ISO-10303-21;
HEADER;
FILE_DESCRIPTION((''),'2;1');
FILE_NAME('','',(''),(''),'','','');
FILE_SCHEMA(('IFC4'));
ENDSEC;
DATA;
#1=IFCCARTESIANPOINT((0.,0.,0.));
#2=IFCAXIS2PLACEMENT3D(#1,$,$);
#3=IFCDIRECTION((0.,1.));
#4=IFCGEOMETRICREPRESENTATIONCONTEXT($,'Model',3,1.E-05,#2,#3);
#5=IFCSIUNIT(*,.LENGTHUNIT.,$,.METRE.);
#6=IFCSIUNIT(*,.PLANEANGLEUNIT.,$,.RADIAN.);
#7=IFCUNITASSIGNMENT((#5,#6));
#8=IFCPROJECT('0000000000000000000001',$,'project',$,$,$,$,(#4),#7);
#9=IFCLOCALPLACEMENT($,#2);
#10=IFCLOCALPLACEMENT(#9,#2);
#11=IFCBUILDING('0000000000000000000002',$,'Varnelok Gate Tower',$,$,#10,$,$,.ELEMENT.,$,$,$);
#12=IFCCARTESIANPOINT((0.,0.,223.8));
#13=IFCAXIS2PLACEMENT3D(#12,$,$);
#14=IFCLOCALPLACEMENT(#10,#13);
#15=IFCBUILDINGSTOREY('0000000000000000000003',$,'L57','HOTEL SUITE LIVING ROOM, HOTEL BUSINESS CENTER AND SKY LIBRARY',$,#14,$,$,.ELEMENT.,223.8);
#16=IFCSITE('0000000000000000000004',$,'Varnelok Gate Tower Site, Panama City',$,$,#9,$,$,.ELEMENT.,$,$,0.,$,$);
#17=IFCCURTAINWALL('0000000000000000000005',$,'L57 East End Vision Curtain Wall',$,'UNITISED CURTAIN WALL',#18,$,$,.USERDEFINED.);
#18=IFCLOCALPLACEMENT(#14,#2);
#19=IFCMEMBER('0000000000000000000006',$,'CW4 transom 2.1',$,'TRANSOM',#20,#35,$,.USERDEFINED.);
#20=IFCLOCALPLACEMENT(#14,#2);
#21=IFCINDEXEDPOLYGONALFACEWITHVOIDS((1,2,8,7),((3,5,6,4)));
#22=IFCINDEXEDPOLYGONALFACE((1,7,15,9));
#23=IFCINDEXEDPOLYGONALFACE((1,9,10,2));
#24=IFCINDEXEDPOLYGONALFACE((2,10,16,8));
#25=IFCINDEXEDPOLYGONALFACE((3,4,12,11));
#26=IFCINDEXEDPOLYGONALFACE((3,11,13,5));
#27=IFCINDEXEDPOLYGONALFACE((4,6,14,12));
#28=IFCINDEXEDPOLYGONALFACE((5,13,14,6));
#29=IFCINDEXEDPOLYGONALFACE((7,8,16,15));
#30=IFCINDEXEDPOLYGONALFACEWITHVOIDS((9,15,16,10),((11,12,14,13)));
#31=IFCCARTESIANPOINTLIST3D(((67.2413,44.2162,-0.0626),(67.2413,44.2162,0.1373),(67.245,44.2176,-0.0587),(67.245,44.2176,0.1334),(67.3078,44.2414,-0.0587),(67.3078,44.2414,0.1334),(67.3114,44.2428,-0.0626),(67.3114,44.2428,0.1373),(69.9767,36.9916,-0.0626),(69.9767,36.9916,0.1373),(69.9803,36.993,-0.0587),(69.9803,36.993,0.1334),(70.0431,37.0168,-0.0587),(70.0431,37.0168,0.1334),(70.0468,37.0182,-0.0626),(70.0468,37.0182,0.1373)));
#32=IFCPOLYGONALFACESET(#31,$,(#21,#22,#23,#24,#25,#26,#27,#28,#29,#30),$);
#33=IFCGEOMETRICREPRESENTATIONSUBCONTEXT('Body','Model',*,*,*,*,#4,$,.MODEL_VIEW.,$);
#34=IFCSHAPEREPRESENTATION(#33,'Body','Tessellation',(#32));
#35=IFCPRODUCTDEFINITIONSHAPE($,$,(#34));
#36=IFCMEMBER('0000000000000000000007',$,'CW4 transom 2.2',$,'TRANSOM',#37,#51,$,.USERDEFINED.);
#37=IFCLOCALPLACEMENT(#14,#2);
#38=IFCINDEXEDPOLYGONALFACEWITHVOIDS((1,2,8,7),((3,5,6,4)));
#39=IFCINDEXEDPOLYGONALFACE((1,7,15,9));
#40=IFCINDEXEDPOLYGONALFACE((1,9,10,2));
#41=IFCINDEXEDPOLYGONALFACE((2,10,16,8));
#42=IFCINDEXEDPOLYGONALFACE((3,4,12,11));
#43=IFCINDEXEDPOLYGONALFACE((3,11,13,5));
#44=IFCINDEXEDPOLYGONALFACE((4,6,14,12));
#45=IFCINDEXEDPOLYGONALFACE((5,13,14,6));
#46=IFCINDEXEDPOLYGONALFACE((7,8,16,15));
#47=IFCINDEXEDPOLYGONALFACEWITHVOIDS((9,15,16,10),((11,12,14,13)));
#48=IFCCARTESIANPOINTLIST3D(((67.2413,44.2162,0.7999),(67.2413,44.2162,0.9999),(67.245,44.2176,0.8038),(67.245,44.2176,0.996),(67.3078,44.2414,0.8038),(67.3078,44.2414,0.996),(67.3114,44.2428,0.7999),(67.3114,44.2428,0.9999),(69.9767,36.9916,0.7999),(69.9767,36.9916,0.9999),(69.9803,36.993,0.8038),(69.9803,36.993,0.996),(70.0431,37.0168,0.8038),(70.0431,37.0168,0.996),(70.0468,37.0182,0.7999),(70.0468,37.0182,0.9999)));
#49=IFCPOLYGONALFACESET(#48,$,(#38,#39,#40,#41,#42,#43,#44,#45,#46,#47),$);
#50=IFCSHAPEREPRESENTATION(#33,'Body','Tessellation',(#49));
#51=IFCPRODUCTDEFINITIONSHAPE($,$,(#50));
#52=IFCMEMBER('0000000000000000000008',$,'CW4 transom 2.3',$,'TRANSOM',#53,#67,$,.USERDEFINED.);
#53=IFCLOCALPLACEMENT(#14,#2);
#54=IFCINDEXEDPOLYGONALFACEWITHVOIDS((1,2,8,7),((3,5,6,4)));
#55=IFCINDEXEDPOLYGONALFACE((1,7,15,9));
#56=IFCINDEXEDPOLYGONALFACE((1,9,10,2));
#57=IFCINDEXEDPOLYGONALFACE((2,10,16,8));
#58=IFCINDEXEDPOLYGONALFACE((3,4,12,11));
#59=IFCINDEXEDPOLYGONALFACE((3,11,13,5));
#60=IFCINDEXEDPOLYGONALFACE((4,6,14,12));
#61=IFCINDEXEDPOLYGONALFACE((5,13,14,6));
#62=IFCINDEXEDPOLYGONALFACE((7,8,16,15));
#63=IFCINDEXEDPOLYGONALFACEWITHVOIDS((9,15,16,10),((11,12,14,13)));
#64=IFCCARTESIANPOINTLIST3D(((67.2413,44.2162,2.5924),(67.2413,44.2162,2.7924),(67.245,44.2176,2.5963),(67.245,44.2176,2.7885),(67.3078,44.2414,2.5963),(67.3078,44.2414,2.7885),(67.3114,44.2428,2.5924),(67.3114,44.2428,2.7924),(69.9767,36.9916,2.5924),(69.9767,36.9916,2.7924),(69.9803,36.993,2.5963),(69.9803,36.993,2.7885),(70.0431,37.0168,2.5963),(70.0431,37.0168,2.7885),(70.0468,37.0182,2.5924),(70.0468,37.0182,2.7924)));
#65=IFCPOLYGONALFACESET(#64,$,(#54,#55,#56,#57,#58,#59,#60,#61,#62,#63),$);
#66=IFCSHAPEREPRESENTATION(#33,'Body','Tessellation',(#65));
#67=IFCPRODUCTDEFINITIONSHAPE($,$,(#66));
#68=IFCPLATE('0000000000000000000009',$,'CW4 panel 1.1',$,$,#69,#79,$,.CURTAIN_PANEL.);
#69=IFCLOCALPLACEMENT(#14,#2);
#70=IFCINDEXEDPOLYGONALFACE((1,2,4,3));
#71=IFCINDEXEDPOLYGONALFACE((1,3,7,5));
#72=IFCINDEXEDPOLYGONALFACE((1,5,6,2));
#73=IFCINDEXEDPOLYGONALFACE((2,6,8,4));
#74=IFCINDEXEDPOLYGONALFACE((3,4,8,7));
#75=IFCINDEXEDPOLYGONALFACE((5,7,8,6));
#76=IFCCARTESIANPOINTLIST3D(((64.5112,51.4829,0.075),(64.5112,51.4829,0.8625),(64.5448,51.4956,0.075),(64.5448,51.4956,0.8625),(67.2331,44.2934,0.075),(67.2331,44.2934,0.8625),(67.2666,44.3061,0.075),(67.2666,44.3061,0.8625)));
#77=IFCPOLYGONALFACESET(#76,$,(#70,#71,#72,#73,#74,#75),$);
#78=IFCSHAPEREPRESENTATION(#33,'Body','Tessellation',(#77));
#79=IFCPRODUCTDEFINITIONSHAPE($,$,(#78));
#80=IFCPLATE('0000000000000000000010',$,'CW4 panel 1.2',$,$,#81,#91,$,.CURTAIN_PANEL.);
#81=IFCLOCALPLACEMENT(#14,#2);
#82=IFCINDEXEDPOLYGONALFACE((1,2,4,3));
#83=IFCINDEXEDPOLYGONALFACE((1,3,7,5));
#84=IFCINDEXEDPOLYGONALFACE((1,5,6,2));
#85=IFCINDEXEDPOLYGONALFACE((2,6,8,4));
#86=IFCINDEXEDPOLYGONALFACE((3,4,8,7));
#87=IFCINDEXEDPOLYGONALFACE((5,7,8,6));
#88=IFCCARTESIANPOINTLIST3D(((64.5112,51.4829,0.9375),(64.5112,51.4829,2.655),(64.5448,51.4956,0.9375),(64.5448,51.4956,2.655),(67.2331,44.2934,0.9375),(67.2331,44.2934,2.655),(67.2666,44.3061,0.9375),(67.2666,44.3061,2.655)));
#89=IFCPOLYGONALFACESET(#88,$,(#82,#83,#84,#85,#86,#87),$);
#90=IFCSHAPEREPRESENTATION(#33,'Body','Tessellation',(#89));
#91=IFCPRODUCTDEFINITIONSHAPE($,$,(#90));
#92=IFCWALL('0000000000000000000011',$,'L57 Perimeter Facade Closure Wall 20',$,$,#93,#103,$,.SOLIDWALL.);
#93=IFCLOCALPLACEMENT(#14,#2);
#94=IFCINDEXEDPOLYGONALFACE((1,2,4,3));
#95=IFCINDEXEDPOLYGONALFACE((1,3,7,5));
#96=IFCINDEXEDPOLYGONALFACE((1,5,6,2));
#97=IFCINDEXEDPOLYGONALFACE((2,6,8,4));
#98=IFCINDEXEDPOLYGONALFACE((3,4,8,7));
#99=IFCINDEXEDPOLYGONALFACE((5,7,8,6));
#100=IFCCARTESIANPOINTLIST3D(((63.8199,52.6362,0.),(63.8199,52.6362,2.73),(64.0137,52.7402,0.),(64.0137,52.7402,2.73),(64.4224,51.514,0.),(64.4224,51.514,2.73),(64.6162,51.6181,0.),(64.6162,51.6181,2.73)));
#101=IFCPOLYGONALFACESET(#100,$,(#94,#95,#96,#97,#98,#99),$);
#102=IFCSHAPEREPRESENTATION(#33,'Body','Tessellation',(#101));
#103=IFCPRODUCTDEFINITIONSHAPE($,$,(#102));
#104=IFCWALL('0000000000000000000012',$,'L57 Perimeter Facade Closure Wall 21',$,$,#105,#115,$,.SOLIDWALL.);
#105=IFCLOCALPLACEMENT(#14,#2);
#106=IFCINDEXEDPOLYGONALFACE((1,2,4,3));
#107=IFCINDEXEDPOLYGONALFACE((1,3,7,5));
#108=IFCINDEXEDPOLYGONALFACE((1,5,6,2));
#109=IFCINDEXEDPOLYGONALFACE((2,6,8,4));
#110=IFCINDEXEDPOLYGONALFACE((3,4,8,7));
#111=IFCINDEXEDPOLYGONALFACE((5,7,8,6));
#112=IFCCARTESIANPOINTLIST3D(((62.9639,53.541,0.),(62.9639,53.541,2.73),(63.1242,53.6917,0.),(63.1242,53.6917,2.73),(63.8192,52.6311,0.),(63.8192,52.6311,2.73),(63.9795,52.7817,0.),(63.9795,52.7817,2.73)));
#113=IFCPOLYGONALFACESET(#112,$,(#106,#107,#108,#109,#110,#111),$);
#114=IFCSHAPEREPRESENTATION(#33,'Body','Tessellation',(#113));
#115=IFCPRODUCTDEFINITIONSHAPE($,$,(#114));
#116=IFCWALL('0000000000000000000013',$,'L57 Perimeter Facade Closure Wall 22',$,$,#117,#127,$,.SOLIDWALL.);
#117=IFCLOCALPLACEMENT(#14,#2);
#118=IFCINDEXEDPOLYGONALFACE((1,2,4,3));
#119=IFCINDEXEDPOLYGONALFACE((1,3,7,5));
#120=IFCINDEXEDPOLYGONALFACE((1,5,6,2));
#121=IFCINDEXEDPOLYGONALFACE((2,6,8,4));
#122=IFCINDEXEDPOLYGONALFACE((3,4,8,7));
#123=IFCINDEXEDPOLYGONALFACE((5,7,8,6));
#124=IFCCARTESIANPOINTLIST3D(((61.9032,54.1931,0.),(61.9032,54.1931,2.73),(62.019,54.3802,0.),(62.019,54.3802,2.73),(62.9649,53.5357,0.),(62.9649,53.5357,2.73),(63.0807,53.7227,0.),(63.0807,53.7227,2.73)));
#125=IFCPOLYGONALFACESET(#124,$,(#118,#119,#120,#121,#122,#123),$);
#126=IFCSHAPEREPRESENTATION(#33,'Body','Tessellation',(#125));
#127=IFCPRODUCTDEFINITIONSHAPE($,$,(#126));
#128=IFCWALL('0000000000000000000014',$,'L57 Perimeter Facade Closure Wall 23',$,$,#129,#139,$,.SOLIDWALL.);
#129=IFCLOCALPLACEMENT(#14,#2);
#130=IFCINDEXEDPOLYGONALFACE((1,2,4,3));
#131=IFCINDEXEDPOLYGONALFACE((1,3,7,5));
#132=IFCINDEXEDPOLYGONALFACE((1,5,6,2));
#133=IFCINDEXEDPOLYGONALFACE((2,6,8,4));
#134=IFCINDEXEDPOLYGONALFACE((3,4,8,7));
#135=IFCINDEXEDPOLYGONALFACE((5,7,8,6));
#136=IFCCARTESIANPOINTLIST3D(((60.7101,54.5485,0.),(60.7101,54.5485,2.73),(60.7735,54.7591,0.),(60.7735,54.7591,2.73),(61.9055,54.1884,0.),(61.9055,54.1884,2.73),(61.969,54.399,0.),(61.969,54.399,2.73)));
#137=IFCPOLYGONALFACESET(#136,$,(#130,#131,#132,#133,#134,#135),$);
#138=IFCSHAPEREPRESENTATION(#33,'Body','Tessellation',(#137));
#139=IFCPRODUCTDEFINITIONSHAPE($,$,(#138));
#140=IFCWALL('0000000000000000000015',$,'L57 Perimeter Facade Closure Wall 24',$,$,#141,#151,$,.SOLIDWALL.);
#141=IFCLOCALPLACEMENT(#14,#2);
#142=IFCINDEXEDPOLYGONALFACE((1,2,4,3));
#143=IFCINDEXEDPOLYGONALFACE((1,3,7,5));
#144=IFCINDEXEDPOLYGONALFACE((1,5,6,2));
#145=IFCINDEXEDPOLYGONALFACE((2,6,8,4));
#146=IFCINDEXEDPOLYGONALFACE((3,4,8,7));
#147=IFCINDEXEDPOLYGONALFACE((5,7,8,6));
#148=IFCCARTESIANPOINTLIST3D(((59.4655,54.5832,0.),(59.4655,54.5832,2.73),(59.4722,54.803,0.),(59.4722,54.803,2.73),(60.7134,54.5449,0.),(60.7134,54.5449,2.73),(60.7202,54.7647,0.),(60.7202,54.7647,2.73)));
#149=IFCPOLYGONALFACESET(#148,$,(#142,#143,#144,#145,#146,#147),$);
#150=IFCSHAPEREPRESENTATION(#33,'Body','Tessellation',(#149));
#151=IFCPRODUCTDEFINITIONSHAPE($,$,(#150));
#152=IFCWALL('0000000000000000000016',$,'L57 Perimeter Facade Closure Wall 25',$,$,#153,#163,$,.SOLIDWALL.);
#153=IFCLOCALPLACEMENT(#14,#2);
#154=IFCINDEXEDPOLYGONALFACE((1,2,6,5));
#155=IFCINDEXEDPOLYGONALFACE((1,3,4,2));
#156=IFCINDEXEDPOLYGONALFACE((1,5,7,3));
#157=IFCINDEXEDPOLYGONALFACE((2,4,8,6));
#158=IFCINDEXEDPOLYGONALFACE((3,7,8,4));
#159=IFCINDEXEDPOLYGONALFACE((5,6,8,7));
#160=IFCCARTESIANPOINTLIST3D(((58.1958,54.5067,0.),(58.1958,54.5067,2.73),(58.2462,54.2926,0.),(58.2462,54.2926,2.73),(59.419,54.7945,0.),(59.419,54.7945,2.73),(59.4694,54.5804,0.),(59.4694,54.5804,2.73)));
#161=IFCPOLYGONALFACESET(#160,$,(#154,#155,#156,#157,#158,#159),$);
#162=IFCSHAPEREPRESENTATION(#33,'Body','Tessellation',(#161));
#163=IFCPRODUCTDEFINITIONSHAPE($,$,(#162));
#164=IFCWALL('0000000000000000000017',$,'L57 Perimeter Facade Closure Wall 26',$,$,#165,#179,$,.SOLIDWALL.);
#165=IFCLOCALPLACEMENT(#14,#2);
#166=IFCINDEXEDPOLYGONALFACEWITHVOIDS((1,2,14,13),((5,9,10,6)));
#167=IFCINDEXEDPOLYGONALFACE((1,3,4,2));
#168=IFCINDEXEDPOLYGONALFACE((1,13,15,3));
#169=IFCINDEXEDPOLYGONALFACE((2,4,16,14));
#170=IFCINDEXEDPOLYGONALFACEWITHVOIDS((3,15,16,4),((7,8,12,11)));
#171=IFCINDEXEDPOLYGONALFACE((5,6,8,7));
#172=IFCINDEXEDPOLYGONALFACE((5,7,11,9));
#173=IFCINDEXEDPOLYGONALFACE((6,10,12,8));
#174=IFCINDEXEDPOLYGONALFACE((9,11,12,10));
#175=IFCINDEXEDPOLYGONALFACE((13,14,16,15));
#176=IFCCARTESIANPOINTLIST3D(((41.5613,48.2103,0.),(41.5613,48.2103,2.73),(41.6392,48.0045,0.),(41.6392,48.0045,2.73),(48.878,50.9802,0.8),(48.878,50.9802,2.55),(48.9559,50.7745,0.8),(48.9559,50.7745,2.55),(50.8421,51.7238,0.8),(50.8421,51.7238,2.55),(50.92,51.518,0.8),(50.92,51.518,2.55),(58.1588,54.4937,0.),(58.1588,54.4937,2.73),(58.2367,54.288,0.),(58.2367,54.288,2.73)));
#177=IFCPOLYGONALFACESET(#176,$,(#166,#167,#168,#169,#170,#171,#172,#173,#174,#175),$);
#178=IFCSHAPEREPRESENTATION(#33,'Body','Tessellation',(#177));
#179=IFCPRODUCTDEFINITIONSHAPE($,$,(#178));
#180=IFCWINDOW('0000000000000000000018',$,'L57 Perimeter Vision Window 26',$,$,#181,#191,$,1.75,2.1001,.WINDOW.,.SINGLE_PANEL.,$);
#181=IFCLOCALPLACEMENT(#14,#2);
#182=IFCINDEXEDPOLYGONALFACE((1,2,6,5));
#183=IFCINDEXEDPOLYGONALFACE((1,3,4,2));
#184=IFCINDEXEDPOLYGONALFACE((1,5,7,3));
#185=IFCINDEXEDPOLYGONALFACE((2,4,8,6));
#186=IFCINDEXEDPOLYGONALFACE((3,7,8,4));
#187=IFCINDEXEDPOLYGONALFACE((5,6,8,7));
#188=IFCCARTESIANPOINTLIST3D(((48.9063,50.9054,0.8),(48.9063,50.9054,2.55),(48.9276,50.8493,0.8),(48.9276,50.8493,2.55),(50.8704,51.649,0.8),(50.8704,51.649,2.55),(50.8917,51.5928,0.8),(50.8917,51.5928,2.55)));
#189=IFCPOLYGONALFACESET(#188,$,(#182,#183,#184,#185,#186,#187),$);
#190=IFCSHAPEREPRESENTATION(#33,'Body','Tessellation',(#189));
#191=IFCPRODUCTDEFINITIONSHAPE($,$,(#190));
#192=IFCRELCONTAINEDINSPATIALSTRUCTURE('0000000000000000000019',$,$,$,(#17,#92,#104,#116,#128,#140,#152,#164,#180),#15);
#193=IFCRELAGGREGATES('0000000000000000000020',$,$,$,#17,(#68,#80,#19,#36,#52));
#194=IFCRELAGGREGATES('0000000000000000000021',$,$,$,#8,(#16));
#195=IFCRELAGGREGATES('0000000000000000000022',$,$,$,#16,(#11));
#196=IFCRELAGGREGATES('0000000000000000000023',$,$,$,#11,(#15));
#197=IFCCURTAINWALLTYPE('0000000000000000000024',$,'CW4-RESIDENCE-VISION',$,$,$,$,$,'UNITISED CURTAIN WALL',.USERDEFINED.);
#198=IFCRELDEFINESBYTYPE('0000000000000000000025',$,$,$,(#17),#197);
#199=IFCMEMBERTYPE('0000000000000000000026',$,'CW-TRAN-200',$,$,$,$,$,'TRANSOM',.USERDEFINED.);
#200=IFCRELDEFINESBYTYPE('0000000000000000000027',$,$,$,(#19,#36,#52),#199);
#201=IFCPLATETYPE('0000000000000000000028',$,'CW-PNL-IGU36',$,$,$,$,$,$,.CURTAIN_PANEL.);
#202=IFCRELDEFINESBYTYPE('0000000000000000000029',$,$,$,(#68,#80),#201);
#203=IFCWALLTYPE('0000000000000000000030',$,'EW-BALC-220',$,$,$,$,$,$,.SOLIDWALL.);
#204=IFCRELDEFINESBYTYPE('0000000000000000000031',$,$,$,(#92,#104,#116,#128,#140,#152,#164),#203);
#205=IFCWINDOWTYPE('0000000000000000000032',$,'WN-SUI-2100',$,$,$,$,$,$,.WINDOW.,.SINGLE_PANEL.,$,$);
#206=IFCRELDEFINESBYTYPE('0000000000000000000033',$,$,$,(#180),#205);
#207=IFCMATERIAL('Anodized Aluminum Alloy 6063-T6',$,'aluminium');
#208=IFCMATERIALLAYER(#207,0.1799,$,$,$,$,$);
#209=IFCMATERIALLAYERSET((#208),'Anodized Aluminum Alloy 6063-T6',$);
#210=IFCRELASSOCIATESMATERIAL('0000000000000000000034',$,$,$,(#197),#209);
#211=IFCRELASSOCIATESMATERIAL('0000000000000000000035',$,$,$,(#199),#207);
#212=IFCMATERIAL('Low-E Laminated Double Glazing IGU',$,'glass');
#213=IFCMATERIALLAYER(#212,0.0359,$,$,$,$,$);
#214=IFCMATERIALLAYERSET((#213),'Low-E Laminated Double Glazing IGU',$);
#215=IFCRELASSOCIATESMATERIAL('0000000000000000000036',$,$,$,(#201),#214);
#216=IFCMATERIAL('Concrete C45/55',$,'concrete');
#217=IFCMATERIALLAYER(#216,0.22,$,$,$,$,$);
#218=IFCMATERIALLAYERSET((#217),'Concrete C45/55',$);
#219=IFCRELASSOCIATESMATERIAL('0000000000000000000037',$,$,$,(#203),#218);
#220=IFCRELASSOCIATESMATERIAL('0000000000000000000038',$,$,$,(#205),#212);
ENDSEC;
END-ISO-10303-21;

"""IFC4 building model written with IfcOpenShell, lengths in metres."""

from ifc_helpers import new_model, si_unit, direction, frame, frame_2d, origin, origin_2d, place, context, subcontext, project, spatial, rectangle, hollow_rectangle, extrude, source, transform, mapped, material, layer, layer_set, material_profile, profile_set, type_object, element, fill, aggregate, save


model = new_model("IFC4")

# Units and contexts
model_context = context("Model", 3, precision=1e-05, world=origin(), true_north=direction((0.0, 1.0)))
body_context = subcontext(model_context, "Body", "Model", "MODEL_VIEW")
ifc_project = project(units=[si_unit("LENGTHUNIT", "METRE"), si_unit("PLANEANGLEUNIT", "RADIAN")], contexts=[model_context])

# Site, building, storey
site_placement = place(None, origin())
site = spatial("IfcSite", under=ifc_project, at=site_placement, Name="Varnelok Gate Tower Site, Panama City", CompositionType="ELEMENT", RefElevation=0.0)
building_placement = place(site_placement, origin())
building = spatial("IfcBuilding", under=site, at=building_placement, Name="Varnelok Gate Tower", CompositionType="ELEMENT")
storey_placement = place(building_placement, frame((0.0, 0.0, 223.8)))
storey = spatial("IfcBuildingStorey", under=building, at=storey_placement, Name="L57", Description="HOTEL SUITE LIVING ROOM, HOTEL BUSINESS CENTER AND SKY LIBRARY", CompositionType="ELEMENT", Elevation=223.8)

# Curtain wall, members, plates
ifc_material_1 = material(Name="Anodized Aluminum Alloy 6063-T6", Category="aluminium")
ifc_layer_1 = layer(ifc_material_1, 0.1799)
ifc_layer_set_1 = layer_set([ifc_layer_1], Name="Anodized Aluminum Alloy 6063-T6")
curtain_wall_type = type_object("IfcCurtainWallType", Name="CW4-RESIDENCE-VISION", ElementType="UNITISED CURTAIN WALL", PredefinedType="USERDEFINED", material=ifc_layer_set_1)
curtain_wall_placement = place(storey_placement, origin())
curtain_wall = element("IfcCurtainWall", 1, at=curtain_wall_placement, inside=storey, type_object=curtain_wall_type, Name="L57 East End Vision Curtain Wall", ObjectType="UNITISED CURTAIN WALL", PredefinedType="USERDEFINED")
ifc_material_profile_1 = material_profile(ifc_material_1, hollow_rectangle(XDim=0.075, YDim=0.2, WallThickness=0.0039, at=origin_2d()), Name="ALU200X75X4")
ifc_profile_set_1 = profile_set([ifc_material_profile_1], Name="Anodized Aluminum Alloy 6063-T6")
member_type_1 = type_object("IfcMemberType", Name="CW-TRAN-200", ElementType="TRANSOM", PredefinedType="USERDEFINED", material=ifc_profile_set_1)
member_1_placement = place(storey_placement, frame((67.2764, 44.2295, 0.0374), z_axis=(0.354086, -0.935213, 0.0), x_axis=(0.935213, 0.354086, 0.0)))
member_1 = element("IfcMember", 2, at=member_1_placement, type_object=member_type_1, Name="CW4 transom 2.1", ObjectType="TRANSOM", PredefinedType="USERDEFINED", context=body_context, shape_type="SweptSolid", body=[
    extrude(hollow_rectangle(XDim=0.075, YDim=0.2, WallThickness=0.0039, at=origin_2d()), origin(), (0.0, 0.0, 1.0), 7.7251),
])
member_2_placement = place(storey_placement, frame((67.2764, 44.2295, 0.8999), z_axis=(0.354086, -0.935213, 0.0), x_axis=(0.935213, 0.354086, 0.0)))
member_2 = element("IfcMember", 3, at=member_2_placement, type_object=member_type_1, Name="CW4 transom 2.2", ObjectType="TRANSOM", PredefinedType="USERDEFINED", context=body_context, shape_type="SweptSolid", body=[
    extrude(hollow_rectangle(XDim=0.075, YDim=0.2, WallThickness=0.0039, at=origin_2d()), origin(), (0.0, 0.0, 1.0), 7.7251),
])
member_3_placement = place(storey_placement, frame((67.2764, 44.2295, 2.6924), z_axis=(0.354086, -0.935213, 0.0), x_axis=(0.935213, 0.354086, 0.0)))
member_3 = element("IfcMember", 4, at=member_3_placement, type_object=member_type_1, Name="CW4 transom 2.3", ObjectType="TRANSOM", PredefinedType="USERDEFINED", context=body_context, shape_type="SweptSolid", body=[
    extrude(hollow_rectangle(XDim=0.075, YDim=0.2, WallThickness=0.0039, at=origin_2d()), origin(), (0.0, 0.0, 1.0), 7.7251),
])
ifc_material_2 = material(Name="Low-E Laminated Double Glazing IGU", Category="glass")
ifc_layer_2 = layer(ifc_material_2, 0.0359)
ifc_layer_set_2 = layer_set([ifc_layer_2], Name="Low-E Laminated Double Glazing IGU")
plate_type = type_object("IfcPlateType", Name="CW-PNL-IGU36", PredefinedType="CURTAIN_PANEL", material=ifc_layer_set_2)
shared_shape_1 = source(origin(), body_context, "Body", "SweptSolid", [
    extrude(rectangle(XDim=7.6875, YDim=0.0359, at=origin_2d()), origin(), (0.0, 0.0, 1.0), 0.7876),
])
plate_1_placement = place(storey_placement, frame((65.8889, 47.8945, 0.075), z_axis=(0.0, 0.0, 1.0), x_axis=(0.354063, -0.935222, 0.0)))
plate_1 = element("IfcPlate", 5, at=plate_1_placement, type_object=plate_type, Name="CW4 panel 1.1", PredefinedType="CURTAIN_PANEL", context=body_context, shape_type="MappedRepresentation", body=[
    mapped(shared_shape_1, transform((0.0, 0.0, 0.0), scale=1.0)),
])
shared_shape_2 = source(origin(), body_context, "Body", "SweptSolid", [
    extrude(rectangle(XDim=7.6875, YDim=0.0359, at=origin_2d()), origin(), (0.0, 0.0, 1.0), 1.7175),
])
plate_2_placement = place(storey_placement, frame((65.8889, 47.8945, 0.9375), z_axis=(0.0, 0.0, 1.0), x_axis=(0.354063, -0.935222, 0.0)))
plate_2 = element("IfcPlate", 6, at=plate_2_placement, type_object=plate_type, Name="CW4 panel 1.2", PredefinedType="CURTAIN_PANEL", context=body_context, shape_type="MappedRepresentation", body=[
    mapped(shared_shape_2, transform((0.0, 0.0, 0.0), scale=1.0)),
])
aggregate(curtain_wall, [plate_1, plate_2, member_1, member_2, member_3])

# Walls
ifc_material_3 = material(Name="Concrete C45/55", Category="concrete")
ifc_layer_3 = layer(ifc_material_3, 0.22)
ifc_layer_set_3 = layer_set([ifc_layer_3], Name="Concrete C45/55")
wall_type = type_object("IfcWallType", Name="EW-BALC-220", PredefinedType="SOLIDWALL", material=ifc_layer_set_3)
wall_1_placement = place(storey_placement, frame((64.5193, 51.5662, 0.0), z_axis=(0.0, 0.0, 1.0), x_axis=(-0.473094, 0.881012, 0.0)))
element("IfcWall", 7, at=wall_1_placement, inside=storey, type_object=wall_type, Name="L57 Perimeter Facade Closure Wall 20", PredefinedType="SOLIDWALL", context=body_context, shape_type="SweptSolid", body=[
    extrude(rectangle(XDim=1.2737, YDim=0.22, at=frame_2d((0.6367, 0.0))), origin(), (0.0, 0.0, 1.0), 2.73),
])
for number, where, z_axis, x_axis, name in (
    (8, (63.8994, 52.7063, 0.0), (0.0, 0.0, 1.0), (-0.684871, 0.728665, 0.0), "L57 Perimeter Facade Closure Wall 21"),
    (9, (63.0229, 53.6292, 0.0), (0.0, 0.0, 1.0), (-0.850198, 0.526462, 0.0), "L57 Perimeter Facade Closure Wall 22"),
):
    element("IfcWall", number, at=place(storey_placement, frame(where, z_axis=z_axis, x_axis=x_axis)), inside=storey, type_object=wall_type, Name=name, PredefinedType="SOLIDWALL", context=body_context, shape_type="SweptSolid", body=[
        extrude(rectangle(XDim=1.2488, YDim=0.22, at=frame_2d((0.6245, 0.0))), origin(), (0.0, 0.0, 1.0), 2.73),
    ])
for number, where, z_axis, x_axis, name in (
    (10, (61.9373, 54.2937, 0.0), (0.0, 0.0, 1.0), (-0.957508, 0.288406, 0.0), "L57 Perimeter Facade Closure Wall 23"),
    (11, (60.7168, 54.6548, 0.0), (0.0, 0.0, 1.0), (-0.999529, 0.030698, 0.0), "L57 Perimeter Facade Closure Wall 24"),
):
    element("IfcWall", number, at=place(storey_placement, frame(where, z_axis=z_axis, x_axis=x_axis)), inside=storey, type_object=wall_type, Name=name, PredefinedType="SOLIDWALL", context=body_context, shape_type="SweptSolid", body=[
        extrude(rectangle(XDim=1.2485, YDim=0.22, at=frame_2d((0.6243, 0.0))), origin(), (0.0, 0.0, 1.0), 2.73),
    ])
wall_2_placement = place(storey_placement, frame((59.4443, 54.6875, 0.0), z_axis=(0.0, 0.0, 1.0), x_axis=(-0.97341, -0.229072, 0.0)))
element("IfcWall", 12, at=wall_2_placement, inside=storey, type_object=wall_type, Name="L57 Perimeter Facade Closure Wall 25", PredefinedType="SOLIDWALL", context=body_context, shape_type="SweptSolid", body=[
    extrude(rectangle(XDim=1.2566, YDim=0.22, at=frame_2d((0.6284, 0.0))), origin(), (0.0, 0.0, 1.0), 2.73),
])

# Wall, opening, window
wall_3_placement = place(storey_placement, frame((58.1978, 54.3909, 0.0), z_axis=(0.0, 0.0, 1.0), x_axis=(-0.935224, -0.354057, 0.0)))
wall_3 = element("IfcWall", 13, at=wall_3_placement, inside=storey, type_object=wall_type, Name="L57 Perimeter Facade Closure Wall 26", PredefinedType="SOLIDWALL", context=body_context, shape_type="SweptSolid", body=[
    extrude(rectangle(XDim=17.7471, YDim=0.22, at=frame_2d((8.8735, 0.0))), origin(), (0.0, 0.0, 1.0), 2.73),
])
opening_placement = place(wall_3_placement, frame((7.8235, 0.0, 0.8)))
opening = element("IfcOpeningElement", 14, at=opening_placement, cuts=wall_3, PredefinedType="OPENING", context=body_context, shape_type="SweptSolid", body=[
    extrude(rectangle(XDim=2.1001, YDim=1.75, at=frame_2d((1.05, 0.875))), frame((0.0, 0.1199, 0.0), z_axis=(0.0, -1.0, 0.0), x_axis=(1.0, 0.0, 0.0)), (0.0, 0.0, 1.0), 0.24),
])
window_type = type_object("IfcWindowType", Name="WN-SUI-2100", PartitioningType="SINGLE_PANEL", PredefinedType="WINDOW", material=ifc_material_2)
window_placement = place(opening_placement, origin())
window = element("IfcWindow", 15, at=window_placement, inside=storey, type_object=window_type, Name="L57 Perimeter Vision Window 26", OverallHeight=1.75, OverallWidth=2.1001, PartitioningType="SINGLE_PANEL", PredefinedType="WINDOW", context=body_context, shape_type="SweptSolid", body=[
    extrude(rectangle(XDim=2.1001, YDim=1.75, at=frame_2d((1.05, 0.875))), frame((0.0, 0.03, 0.0), z_axis=(0.0, -1.0, 0.0), x_axis=(1.0, 0.0, 0.0)), (0.0, 0.0, 1.0), 0.0601),
])
fill(opening, window)

save(model, "model.ifc")
